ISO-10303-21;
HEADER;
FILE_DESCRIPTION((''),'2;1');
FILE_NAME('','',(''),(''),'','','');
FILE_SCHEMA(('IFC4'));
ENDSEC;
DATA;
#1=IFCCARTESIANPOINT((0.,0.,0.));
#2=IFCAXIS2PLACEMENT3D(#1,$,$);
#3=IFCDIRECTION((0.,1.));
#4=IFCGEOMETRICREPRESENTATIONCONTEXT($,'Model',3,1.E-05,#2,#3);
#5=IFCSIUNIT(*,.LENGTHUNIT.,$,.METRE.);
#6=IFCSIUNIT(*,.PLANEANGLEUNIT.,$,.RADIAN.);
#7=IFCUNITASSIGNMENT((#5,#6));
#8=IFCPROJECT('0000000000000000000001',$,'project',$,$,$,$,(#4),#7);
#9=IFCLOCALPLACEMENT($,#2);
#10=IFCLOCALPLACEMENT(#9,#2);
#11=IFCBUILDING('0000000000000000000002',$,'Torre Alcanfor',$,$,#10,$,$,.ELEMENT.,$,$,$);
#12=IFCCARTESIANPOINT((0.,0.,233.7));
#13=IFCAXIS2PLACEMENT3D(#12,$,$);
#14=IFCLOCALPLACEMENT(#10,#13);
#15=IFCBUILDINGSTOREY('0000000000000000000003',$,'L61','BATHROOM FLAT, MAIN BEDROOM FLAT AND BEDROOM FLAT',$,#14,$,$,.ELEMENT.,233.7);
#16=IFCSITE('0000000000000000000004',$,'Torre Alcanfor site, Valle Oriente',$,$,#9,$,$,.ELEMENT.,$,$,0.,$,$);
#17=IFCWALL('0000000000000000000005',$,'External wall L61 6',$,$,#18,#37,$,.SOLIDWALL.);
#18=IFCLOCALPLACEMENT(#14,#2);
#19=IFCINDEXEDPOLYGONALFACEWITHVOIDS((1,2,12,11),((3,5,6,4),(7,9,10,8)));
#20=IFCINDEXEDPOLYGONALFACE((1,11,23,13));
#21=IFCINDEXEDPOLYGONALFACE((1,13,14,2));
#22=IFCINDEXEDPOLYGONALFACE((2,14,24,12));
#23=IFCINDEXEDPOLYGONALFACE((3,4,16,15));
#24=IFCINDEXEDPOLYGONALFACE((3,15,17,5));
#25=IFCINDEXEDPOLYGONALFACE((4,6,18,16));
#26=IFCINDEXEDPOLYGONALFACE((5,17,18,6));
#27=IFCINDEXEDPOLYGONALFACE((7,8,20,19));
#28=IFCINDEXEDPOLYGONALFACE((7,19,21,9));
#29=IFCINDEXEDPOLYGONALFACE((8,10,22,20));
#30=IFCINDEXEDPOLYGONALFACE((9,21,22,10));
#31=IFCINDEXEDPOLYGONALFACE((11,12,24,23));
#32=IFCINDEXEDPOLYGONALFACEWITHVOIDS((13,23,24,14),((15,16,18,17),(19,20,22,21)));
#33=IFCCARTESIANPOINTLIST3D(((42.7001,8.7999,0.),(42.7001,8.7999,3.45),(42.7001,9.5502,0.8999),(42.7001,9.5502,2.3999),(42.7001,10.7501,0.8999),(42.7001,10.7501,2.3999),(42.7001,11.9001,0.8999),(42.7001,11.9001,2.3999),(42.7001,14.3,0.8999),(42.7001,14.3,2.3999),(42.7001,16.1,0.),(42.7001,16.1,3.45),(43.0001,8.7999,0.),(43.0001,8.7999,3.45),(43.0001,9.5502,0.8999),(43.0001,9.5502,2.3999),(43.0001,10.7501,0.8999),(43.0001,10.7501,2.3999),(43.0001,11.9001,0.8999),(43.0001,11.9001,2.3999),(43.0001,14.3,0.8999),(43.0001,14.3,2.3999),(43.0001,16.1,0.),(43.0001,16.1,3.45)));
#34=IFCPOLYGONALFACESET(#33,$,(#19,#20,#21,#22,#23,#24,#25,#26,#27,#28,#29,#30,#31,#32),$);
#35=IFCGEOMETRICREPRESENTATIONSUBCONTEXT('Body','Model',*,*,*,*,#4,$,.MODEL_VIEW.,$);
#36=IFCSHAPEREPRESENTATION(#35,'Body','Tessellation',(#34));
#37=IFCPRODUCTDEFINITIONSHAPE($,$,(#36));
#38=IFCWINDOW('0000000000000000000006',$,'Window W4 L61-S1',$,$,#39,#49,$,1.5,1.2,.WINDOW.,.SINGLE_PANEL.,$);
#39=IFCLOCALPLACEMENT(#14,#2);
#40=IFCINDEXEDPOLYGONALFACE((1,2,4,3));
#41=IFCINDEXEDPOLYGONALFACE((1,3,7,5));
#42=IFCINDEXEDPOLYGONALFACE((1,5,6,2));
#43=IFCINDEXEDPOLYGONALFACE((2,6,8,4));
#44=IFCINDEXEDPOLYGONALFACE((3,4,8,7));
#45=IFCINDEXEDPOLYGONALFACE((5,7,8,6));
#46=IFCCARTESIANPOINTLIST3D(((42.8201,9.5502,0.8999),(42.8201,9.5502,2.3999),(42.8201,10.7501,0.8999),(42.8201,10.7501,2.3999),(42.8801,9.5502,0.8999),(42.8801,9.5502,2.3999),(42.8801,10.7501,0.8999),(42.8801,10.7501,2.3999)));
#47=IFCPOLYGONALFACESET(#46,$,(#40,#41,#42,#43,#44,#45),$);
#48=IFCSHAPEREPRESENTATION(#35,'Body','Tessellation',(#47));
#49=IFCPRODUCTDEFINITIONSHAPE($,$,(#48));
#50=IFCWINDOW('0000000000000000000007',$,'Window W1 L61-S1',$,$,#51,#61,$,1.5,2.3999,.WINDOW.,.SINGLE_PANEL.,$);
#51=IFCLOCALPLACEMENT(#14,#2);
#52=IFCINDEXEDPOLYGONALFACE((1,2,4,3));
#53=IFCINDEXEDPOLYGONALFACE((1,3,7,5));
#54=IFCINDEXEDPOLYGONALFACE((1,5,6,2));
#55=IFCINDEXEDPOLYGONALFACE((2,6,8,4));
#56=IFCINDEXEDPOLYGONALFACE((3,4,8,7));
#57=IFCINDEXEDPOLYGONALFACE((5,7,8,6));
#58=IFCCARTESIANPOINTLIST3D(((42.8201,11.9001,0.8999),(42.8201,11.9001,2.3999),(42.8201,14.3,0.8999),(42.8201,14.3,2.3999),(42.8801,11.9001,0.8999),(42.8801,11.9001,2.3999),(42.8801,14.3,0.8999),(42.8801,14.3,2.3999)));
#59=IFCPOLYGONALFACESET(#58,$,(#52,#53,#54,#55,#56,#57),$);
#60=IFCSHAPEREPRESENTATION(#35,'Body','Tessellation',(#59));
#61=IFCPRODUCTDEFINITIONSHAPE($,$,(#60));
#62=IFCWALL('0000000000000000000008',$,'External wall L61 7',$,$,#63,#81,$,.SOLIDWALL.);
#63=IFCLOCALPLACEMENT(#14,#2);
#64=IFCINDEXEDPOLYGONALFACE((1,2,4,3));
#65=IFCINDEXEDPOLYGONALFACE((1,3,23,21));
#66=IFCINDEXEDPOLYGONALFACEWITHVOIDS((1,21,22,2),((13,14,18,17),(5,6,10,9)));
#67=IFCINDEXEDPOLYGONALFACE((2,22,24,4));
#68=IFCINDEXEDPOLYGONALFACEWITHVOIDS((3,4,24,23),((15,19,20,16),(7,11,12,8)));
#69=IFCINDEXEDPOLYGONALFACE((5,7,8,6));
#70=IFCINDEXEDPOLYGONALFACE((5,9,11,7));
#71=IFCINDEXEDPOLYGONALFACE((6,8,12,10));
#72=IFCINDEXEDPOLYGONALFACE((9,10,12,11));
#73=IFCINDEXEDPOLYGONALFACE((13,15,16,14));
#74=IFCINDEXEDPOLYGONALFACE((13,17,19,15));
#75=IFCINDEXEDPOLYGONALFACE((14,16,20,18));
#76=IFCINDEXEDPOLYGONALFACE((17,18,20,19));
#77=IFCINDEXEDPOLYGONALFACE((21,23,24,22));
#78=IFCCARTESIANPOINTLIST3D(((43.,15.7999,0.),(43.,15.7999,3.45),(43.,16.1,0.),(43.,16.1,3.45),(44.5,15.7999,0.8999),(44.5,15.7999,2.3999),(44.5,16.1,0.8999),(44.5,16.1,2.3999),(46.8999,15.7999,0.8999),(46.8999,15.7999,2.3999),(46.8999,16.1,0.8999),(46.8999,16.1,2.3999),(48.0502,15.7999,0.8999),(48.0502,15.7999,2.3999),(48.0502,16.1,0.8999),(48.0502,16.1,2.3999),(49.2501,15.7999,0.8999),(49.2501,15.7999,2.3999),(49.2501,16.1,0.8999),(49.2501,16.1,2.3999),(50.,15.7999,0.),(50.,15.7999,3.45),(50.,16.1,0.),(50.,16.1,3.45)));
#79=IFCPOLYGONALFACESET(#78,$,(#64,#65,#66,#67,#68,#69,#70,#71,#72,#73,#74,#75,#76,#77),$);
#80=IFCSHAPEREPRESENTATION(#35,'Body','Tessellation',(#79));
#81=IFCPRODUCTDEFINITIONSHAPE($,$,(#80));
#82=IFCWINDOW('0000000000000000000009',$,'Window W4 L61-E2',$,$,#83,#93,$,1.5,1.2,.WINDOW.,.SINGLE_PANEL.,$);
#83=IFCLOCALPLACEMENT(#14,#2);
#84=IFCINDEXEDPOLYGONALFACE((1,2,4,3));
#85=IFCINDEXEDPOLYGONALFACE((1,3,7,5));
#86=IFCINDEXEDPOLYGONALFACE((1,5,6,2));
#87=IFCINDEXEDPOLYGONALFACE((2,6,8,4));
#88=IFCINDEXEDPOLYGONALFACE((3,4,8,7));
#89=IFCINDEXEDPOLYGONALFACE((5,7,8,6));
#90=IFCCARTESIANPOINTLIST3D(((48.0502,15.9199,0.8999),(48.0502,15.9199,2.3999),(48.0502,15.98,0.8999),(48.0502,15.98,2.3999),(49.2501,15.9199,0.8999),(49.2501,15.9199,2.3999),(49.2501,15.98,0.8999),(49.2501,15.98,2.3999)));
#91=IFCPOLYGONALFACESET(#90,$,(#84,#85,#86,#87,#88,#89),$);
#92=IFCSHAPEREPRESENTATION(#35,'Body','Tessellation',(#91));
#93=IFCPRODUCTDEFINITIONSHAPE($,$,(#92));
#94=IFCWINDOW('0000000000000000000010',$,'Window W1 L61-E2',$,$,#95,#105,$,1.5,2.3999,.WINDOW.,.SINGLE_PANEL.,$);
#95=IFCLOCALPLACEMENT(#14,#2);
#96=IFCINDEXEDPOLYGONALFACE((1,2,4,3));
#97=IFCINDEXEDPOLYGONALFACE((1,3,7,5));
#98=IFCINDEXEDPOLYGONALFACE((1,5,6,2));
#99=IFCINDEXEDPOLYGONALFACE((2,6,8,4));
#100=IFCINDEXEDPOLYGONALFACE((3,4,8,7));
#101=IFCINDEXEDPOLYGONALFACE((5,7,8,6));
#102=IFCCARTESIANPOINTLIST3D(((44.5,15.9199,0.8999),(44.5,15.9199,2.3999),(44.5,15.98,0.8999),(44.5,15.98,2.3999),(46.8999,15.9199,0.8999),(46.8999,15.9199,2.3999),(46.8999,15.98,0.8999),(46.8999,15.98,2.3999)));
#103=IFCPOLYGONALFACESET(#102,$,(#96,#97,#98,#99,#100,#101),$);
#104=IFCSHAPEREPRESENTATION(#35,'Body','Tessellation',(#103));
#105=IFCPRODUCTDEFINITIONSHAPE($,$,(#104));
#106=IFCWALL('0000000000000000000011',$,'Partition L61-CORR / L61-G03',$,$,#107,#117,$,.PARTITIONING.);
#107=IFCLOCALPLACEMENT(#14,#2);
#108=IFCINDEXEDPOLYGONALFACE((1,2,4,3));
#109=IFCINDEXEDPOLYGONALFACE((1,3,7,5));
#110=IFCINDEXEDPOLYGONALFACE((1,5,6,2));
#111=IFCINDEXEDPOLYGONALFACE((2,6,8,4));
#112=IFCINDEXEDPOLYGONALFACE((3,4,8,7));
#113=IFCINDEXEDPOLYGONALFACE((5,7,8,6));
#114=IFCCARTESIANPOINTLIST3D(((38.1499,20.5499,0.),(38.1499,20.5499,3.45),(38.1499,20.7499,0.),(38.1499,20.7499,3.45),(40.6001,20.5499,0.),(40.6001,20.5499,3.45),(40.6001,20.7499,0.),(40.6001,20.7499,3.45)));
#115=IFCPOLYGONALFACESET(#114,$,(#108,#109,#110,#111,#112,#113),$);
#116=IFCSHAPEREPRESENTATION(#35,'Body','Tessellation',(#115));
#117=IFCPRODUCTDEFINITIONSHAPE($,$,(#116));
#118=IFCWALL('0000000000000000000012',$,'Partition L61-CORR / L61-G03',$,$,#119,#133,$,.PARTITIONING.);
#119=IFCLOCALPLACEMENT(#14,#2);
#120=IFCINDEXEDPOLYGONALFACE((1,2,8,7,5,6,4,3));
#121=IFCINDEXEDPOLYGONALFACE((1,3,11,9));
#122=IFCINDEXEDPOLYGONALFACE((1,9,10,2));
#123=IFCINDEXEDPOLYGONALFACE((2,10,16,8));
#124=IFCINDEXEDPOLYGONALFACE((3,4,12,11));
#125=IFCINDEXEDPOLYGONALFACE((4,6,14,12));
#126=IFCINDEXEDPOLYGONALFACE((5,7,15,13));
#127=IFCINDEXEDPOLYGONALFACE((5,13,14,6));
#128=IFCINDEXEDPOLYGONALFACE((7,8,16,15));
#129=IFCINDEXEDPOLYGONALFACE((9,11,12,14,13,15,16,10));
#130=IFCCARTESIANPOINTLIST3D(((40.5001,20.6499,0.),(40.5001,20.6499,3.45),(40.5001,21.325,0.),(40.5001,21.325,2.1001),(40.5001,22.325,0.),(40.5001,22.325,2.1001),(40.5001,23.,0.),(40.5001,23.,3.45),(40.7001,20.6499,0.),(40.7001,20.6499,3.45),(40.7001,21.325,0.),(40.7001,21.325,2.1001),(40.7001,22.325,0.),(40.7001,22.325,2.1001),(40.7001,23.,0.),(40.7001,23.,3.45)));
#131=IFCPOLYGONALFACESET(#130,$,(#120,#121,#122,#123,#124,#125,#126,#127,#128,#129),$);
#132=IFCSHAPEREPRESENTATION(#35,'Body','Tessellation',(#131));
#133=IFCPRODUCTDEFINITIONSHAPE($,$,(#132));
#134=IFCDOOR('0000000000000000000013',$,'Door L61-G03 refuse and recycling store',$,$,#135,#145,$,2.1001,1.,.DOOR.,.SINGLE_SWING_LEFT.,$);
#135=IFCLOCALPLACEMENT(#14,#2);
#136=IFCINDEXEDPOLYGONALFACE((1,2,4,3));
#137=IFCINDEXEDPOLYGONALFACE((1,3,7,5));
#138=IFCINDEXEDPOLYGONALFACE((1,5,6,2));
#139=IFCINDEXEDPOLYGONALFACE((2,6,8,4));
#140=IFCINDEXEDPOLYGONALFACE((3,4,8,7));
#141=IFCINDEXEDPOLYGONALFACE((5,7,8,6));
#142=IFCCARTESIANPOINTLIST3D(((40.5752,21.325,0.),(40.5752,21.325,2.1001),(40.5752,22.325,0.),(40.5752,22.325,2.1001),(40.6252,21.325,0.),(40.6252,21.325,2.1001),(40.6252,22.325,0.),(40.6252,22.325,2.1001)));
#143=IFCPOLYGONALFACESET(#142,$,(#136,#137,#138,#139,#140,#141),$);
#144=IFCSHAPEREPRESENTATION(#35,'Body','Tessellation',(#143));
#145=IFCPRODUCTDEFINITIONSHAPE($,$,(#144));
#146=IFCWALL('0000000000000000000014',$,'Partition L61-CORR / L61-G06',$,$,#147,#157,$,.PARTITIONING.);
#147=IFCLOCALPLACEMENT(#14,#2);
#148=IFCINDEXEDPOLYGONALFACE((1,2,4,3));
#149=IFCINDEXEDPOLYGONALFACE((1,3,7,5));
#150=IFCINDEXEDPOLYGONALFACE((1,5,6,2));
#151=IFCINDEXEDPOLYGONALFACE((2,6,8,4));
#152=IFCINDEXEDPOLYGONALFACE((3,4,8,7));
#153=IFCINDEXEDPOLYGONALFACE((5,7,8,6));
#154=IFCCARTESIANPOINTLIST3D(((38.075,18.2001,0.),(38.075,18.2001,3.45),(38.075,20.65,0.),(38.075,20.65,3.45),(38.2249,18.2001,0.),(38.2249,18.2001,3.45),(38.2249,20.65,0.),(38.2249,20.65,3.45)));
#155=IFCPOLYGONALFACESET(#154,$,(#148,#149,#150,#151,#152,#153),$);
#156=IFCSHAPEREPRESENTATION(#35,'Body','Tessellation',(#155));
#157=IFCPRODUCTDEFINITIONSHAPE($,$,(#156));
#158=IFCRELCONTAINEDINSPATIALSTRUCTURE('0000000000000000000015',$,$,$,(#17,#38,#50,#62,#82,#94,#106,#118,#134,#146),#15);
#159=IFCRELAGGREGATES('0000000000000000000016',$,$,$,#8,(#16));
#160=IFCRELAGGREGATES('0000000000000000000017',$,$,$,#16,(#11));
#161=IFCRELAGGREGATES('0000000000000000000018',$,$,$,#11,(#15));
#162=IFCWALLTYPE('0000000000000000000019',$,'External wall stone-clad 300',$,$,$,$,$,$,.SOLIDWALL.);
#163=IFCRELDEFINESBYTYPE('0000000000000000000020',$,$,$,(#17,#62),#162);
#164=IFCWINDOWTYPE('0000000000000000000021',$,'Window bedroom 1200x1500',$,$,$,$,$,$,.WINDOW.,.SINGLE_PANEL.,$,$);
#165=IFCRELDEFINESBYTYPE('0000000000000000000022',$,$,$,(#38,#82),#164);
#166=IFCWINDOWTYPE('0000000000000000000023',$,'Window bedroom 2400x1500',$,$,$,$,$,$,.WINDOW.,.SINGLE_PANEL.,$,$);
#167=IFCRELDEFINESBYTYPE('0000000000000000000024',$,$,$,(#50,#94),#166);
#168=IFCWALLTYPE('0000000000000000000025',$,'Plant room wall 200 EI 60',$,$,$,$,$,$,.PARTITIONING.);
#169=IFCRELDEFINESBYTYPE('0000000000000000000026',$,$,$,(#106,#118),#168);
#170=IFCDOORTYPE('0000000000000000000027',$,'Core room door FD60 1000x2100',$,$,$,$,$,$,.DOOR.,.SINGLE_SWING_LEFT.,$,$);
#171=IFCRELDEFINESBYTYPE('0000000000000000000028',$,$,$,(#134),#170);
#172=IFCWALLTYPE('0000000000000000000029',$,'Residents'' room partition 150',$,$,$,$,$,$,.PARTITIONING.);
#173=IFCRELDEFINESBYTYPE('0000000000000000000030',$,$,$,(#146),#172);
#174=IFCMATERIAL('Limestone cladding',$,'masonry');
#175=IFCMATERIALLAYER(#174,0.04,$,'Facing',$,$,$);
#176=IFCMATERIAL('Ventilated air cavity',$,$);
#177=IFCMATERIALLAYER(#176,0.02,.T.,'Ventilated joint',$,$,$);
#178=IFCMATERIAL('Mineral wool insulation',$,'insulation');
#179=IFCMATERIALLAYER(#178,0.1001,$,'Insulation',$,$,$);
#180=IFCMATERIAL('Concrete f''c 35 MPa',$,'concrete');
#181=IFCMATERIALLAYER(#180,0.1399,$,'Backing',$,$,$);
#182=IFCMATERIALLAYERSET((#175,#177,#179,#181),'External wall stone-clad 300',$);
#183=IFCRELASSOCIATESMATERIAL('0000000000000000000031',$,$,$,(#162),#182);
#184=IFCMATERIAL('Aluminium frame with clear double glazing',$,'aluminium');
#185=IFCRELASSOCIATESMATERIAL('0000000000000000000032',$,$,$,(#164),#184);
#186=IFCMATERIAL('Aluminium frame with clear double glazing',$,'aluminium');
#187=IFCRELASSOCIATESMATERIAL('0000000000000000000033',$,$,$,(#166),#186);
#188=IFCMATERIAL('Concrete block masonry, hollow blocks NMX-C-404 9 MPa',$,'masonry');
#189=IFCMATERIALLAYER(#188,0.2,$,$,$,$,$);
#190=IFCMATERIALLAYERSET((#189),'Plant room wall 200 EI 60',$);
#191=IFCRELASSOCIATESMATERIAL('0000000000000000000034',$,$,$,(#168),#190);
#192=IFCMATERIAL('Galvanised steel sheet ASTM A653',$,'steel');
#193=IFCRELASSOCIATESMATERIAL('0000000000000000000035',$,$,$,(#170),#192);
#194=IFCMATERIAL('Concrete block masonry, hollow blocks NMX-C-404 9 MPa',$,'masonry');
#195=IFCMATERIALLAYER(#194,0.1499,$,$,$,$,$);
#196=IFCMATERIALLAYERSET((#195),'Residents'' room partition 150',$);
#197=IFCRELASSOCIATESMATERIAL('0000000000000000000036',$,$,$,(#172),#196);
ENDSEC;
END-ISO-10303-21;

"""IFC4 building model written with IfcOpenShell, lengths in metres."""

from ifc_helpers import new_model, si_unit, direction, frame, frame_2d, origin, place, context, subcontext, project, spatial, rectangle, extrude, material, layer, layer_set, type_object, element, fill, save


model = new_model("IFC4")

# Units and contexts
model_context = context("Model", 3, precision=1e-05, world=origin(), true_north=direction((0.0, 1.0)))
body_context = subcontext(model_context, "Body", "Model", "MODEL_VIEW")
ifc_project = project(units=[si_unit("LENGTHUNIT", "METRE"), si_unit("PLANEANGLEUNIT", "RADIAN")], contexts=[model_context])

# Site, building, storey
site_placement = place(None, origin())
site = spatial("IfcSite", under=ifc_project, at=site_placement, Name="Torre Alcanfor site, Valle Oriente", CompositionType="ELEMENT", RefElevation=0.0)
building_placement = place(site_placement, origin())
building = spatial("IfcBuilding", under=site, at=building_placement, Name="Torre Alcanfor", CompositionType="ELEMENT")
storey_placement = place(building_placement, frame((0.0, 0.0, 233.7)))
storey = spatial("IfcBuildingStorey", under=building, at=storey_placement, Name="L61", Description="BATHROOM FLAT, MAIN BEDROOM FLAT AND BEDROOM FLAT", CompositionType="ELEMENT", Elevation=233.7)

# Walls, openings, windows
ifc_material_1 = material(Name="Limestone cladding", Category="masonry")
ifc_layer_1 = layer(ifc_material_1, 0.04, Name="Facing")
ifc_material_2 = material(Name="Ventilated air cavity")
ifc_layer_2 = layer(ifc_material_2, 0.02, ventilated=True, Name="Ventilated joint")
ifc_material_3 = material(Name="Mineral wool insulation", Category="insulation")
ifc_layer_3 = layer(ifc_material_3, 0.1001, Name="Insulation")
ifc_material_4 = material(Name="Concrete f'c 35 MPa", Category="concrete")
ifc_layer_4 = layer(ifc_material_4, 0.1399, Name="Backing")
ifc_layer_set_1 = layer_set([ifc_layer_1, ifc_layer_2, ifc_layer_3, ifc_layer_4], Name="External wall stone-clad 300")
wall_type_1 = type_object("IfcWallType", Name="External wall stone-clad 300", PredefinedType="SOLIDWALL", material=ifc_layer_set_1)
wall_1_placement = place(storey_placement, frame((42.8501, 8.8, 0.0), z_axis=(0.0, 0.0, 1.0), x_axis=(0.0, 1.0, 0.0)))
wall_1 = element("IfcWall", 1, at=wall_1_placement, inside=storey, type_object=wall_type_1, Name="External wall L61 6", PredefinedType="SOLIDWALL", context=body_context, shape_type="SweptSolid", body=[
    extrude(rectangle(XDim=7.3, YDim=0.3, at=frame_2d((3.6499, 0.0))), origin(), (0.0, 0.0, 1.0), 3.45),
])
opening_1_placement = place(wall_1_placement, frame((3.1001, 0.0, 0.8999)))
opening_1 = element("IfcOpeningElement", 2, at=opening_1_placement, cuts=wall_1, PredefinedType="OPENING", context=body_context, shape_type="SweptSolid", body=[
    extrude(rectangle(XDim=2.3999, YDim=1.5, at=frame_2d((1.2, 0.75))), frame((0.0, 0.1599, 0.0), z_axis=(0.0, -1.0, 0.0), x_axis=(1.0, 0.0, 0.0)), (0.0, 0.0, 1.0), 0.3201),
])
opening_2_placement = place(wall_1_placement, frame((0.75, 0.0, 0.8999)))
opening_2 = element("IfcOpeningElement", 3, at=opening_2_placement, cuts=wall_1, PredefinedType="OPENING", context=body_context, shape_type="SweptSolid", body=[
    extrude(rectangle(XDim=1.2, YDim=1.5, at=frame_2d((0.6001, 0.75))), frame((0.0, 0.1599, 0.0), z_axis=(0.0, -1.0, 0.0), x_axis=(1.0, 0.0, 0.0)), (0.0, 0.0, 1.0), 0.3201),
])
ifc_material_5 = material(Name="Aluminium frame with clear double glazing", Category="aluminium")
window_type_1 = type_object("IfcWindowType", Name="Window bedroom 1200x1500", PartitioningType="SINGLE_PANEL", PredefinedType="WINDOW", material=ifc_material_5)
window_1_placement = place(opening_2_placement, origin())
window_1 = element("IfcWindow", 4, at=window_1_placement, inside=storey, type_object=window_type_1, Name="Window W4 L61-S1", OverallHeight=1.5, OverallWidth=1.2, PartitioningType="SINGLE_PANEL", PredefinedType="WINDOW", context=body_context, shape_type="SweptSolid", body=[
    extrude(rectangle(XDim=1.2, YDim=1.5, at=frame_2d((0.6001, 0.75))), frame((0.0, 0.03, 0.0), z_axis=(0.0, -1.0, 0.0), x_axis=(1.0, 0.0, 0.0)), (0.0, 0.0, 1.0), 0.0601),
])
fill(opening_2, window_1)
ifc_material_6 = material(Name="Aluminium frame with clear double glazing", Category="aluminium")
window_type_2 = type_object("IfcWindowType", Name="Window bedroom 2400x1500", PartitioningType="SINGLE_PANEL", PredefinedType="WINDOW", material=ifc_material_6)
window_2_placement = place(opening_1_placement, origin())
window_2 = element("IfcWindow", 5, at=window_2_placement, inside=storey, type_object=window_type_2, Name="Window W1 L61-S1", OverallHeight=1.5, OverallWidth=2.3999, PartitioningType="SINGLE_PANEL", PredefinedType="WINDOW", context=body_context, shape_type="SweptSolid", body=[
    extrude(rectangle(XDim=2.3999, YDim=1.5, at=frame_2d((1.2, 0.75))), frame((0.0, 0.03, 0.0), z_axis=(0.0, -1.0, 0.0), x_axis=(1.0, 0.0, 0.0)), (0.0, 0.0, 1.0), 0.0601),
])
fill(opening_1, window_2)
wall_2_placement = place(storey_placement, frame((43.0, 15.95, 0.0), z_axis=(0.0, 0.0, 1.0), x_axis=(1.0, 0.0, 0.0)))
wall_2 = element("IfcWall", 6, at=wall_2_placement, inside=storey, type_object=wall_type_1, Name="External wall L61 7", PredefinedType="SOLIDWALL", context=body_context, shape_type="SweptSolid", body=[
    extrude(rectangle(XDim=7.0, YDim=0.3, at=frame_2d((3.5, 0.0))), origin(), (0.0, 0.0, 1.0), 3.45),
])
opening_3_placement = place(wall_2_placement, frame((1.5, 0.0, 0.8999)))
opening_3 = element("IfcOpeningElement", 7, at=opening_3_placement, cuts=wall_2, PredefinedType="OPENING", context=body_context, shape_type="SweptSolid", body=[
    extrude(rectangle(XDim=2.3999, YDim=1.5, at=frame_2d((1.2, 0.75))), frame((0.0, 0.1599, 0.0), z_axis=(0.0, -1.0, 0.0), x_axis=(1.0, 0.0, 0.0)), (0.0, 0.0, 1.0), 0.3201),
])
opening_4_placement = place(wall_2_placement, frame((5.05, 0.0, 0.8999)))
opening_4 = element("IfcOpeningElement", 8, at=opening_4_placement, cuts=wall_2, PredefinedType="OPENING", context=body_context, shape_type="SweptSolid", body=[
    extrude(rectangle(XDim=1.2, YDim=1.5, at=frame_2d((0.6001, 0.75))), frame((0.0, 0.1599, 0.0), z_axis=(0.0, -1.0, 0.0), x_axis=(1.0, 0.0, 0.0)), (0.0, 0.0, 1.0), 0.3201),
])
window_3_placement = place(opening_4_placement, origin())
window_3 = element("IfcWindow", 9, at=window_3_placement, inside=storey, type_object=window_type_1, Name="Window W4 L61-E2", OverallHeight=1.5, OverallWidth=1.2, PartitioningType="SINGLE_PANEL", PredefinedType="WINDOW", context=body_context, shape_type="SweptSolid", body=[
    extrude(rectangle(XDim=1.2, YDim=1.5, at=frame_2d((0.6001, 0.75))), frame((0.0, 0.03, 0.0), z_axis=(0.0, -1.0, 0.0), x_axis=(1.0, 0.0, 0.0)), (0.0, 0.0, 1.0), 0.0601),
])
fill(opening_4, window_3)
window_4_placement = place(opening_3_placement, origin())
window_4 = element("IfcWindow", 10, at=window_4_placement, inside=storey, type_object=window_type_2, Name="Window W1 L61-E2", OverallHeight=1.5, OverallWidth=2.3999, PartitioningType="SINGLE_PANEL", PredefinedType="WINDOW", context=body_context, shape_type="SweptSolid", body=[
    extrude(rectangle(XDim=2.3999, YDim=1.5, at=frame_2d((1.2, 0.75))), frame((0.0, 0.03, 0.0), z_axis=(0.0, -1.0, 0.0), x_axis=(1.0, 0.0, 0.0)), (0.0, 0.0, 1.0), 0.0601),
])
fill(opening_3, window_4)

# Wall
ifc_material_7 = material(Name="Concrete block masonry, hollow blocks NMX-C-404 9 MPa", Category="masonry")
ifc_layer_5 = layer(ifc_material_7, 0.2)
ifc_layer_set_2 = layer_set([ifc_layer_5], Name="Plant room wall 200 EI 60")
wall_type_2 = type_object("IfcWallType", Name="Plant room wall 200 EI 60", PredefinedType="PARTITIONING", material=ifc_layer_set_2)
wall_3_placement = place(storey_placement, frame((38.1499, 20.6499, 0.0), z_axis=(0.0, 0.0, 1.0), x_axis=(1.0, 0.0, 0.0)))
element("IfcWall", 11, at=wall_3_placement, inside=storey, type_object=wall_type_2, Name="Partition L61-CORR / L61-G03", PredefinedType="PARTITIONING", context=body_context, shape_type="SweptSolid", body=[
    extrude(rectangle(XDim=2.4502, YDim=0.2, at=frame_2d((1.2251, 0.0))), origin(), (0.0, 0.0, 1.0), 3.45),
])

# Wall, opening, door
wall_4_placement = place(storey_placement, frame((40.6001, 20.6499, 0.0), z_axis=(0.0, 0.0, 1.0), x_axis=(0.0, 1.0, 0.0)))
wall_4 = element("IfcWall", 12, at=wall_4_placement, inside=storey, type_object=wall_type_2, Name="Partition L61-CORR / L61-G03", PredefinedType="PARTITIONING", context=body_context, shape_type="SweptSolid", body=[
    extrude(rectangle(XDim=2.3501, YDim=0.2, at=frame_2d((1.175, 0.0))), origin(), (0.0, 0.0, 1.0), 3.45),
])
opening_5_placement = place(wall_4_placement, frame((0.675, 0.0, 0.0)))
opening_5 = element("IfcOpeningElement", 13, at=opening_5_placement, cuts=wall_4, PredefinedType="OPENING", context=body_context, shape_type="SweptSolid", body=[
    extrude(rectangle(XDim=1.0, YDim=2.1001, at=frame_2d((0.5, 1.05))), frame((0.0, 0.1099, 0.0), z_axis=(0.0, -1.0, 0.0), x_axis=(1.0, 0.0, 0.0)), (0.0, 0.0, 1.0), 0.22),
])
ifc_material_8 = material(Name="Galvanised steel sheet ASTM A653", Category="steel")
door_type = type_object("IfcDoorType", Name="Core room door FD60 1000x2100", OperationType="SINGLE_SWING_LEFT", PredefinedType="DOOR", material=ifc_material_8)
door_placement = place(opening_5_placement, origin())
door = element("IfcDoor", 14, at=door_placement, inside=storey, type_object=door_type, Name="Door L61-G03 refuse and recycling store", OperationType="SINGLE_SWING_LEFT", OverallHeight=2.1001, OverallWidth=1.0, PredefinedType="DOOR", context=body_context, shape_type="SweptSolid", body=[
    extrude(rectangle(XDim=1.0, YDim=2.1001, at=frame_2d((0.5, 1.05))), frame((0.0, 0.0249, 0.0), z_axis=(0.0, -1.0, 0.0), x_axis=(1.0, 0.0, 0.0)), (0.0, 0.0, 1.0), 0.05),
])
fill(opening_5, door)

# Wall
ifc_material_9 = material(Name="Concrete block masonry, hollow blocks NMX-C-404 9 MPa", Category="masonry")
ifc_layer_6 = layer(ifc_material_9, 0.1499)
ifc_layer_set_3 = layer_set([ifc_layer_6], Name="Residents' room partition 150")
wall_type_3 = type_object("IfcWallType", Name="Residents' room partition 150", PredefinedType="PARTITIONING", material=ifc_layer_set_3)
wall_5_placement = place(storey_placement, frame((38.1499, 18.2, 0.0), z_axis=(0.0, 0.0, 1.0), x_axis=(0.0, 1.0, 0.0)))
element("IfcWall", 15, at=wall_5_placement, inside=storey, type_object=wall_type_3, Name="Partition L61-CORR / L61-G06", PredefinedType="PARTITIONING", context=body_context, shape_type="SweptSolid", body=[
    extrude(rectangle(XDim=2.45, YDim=0.1499, at=frame_2d((1.2251, 0.0))), origin(), (0.0, 0.0, 1.0), 3.45),
])

save(model, "model.ifc")
